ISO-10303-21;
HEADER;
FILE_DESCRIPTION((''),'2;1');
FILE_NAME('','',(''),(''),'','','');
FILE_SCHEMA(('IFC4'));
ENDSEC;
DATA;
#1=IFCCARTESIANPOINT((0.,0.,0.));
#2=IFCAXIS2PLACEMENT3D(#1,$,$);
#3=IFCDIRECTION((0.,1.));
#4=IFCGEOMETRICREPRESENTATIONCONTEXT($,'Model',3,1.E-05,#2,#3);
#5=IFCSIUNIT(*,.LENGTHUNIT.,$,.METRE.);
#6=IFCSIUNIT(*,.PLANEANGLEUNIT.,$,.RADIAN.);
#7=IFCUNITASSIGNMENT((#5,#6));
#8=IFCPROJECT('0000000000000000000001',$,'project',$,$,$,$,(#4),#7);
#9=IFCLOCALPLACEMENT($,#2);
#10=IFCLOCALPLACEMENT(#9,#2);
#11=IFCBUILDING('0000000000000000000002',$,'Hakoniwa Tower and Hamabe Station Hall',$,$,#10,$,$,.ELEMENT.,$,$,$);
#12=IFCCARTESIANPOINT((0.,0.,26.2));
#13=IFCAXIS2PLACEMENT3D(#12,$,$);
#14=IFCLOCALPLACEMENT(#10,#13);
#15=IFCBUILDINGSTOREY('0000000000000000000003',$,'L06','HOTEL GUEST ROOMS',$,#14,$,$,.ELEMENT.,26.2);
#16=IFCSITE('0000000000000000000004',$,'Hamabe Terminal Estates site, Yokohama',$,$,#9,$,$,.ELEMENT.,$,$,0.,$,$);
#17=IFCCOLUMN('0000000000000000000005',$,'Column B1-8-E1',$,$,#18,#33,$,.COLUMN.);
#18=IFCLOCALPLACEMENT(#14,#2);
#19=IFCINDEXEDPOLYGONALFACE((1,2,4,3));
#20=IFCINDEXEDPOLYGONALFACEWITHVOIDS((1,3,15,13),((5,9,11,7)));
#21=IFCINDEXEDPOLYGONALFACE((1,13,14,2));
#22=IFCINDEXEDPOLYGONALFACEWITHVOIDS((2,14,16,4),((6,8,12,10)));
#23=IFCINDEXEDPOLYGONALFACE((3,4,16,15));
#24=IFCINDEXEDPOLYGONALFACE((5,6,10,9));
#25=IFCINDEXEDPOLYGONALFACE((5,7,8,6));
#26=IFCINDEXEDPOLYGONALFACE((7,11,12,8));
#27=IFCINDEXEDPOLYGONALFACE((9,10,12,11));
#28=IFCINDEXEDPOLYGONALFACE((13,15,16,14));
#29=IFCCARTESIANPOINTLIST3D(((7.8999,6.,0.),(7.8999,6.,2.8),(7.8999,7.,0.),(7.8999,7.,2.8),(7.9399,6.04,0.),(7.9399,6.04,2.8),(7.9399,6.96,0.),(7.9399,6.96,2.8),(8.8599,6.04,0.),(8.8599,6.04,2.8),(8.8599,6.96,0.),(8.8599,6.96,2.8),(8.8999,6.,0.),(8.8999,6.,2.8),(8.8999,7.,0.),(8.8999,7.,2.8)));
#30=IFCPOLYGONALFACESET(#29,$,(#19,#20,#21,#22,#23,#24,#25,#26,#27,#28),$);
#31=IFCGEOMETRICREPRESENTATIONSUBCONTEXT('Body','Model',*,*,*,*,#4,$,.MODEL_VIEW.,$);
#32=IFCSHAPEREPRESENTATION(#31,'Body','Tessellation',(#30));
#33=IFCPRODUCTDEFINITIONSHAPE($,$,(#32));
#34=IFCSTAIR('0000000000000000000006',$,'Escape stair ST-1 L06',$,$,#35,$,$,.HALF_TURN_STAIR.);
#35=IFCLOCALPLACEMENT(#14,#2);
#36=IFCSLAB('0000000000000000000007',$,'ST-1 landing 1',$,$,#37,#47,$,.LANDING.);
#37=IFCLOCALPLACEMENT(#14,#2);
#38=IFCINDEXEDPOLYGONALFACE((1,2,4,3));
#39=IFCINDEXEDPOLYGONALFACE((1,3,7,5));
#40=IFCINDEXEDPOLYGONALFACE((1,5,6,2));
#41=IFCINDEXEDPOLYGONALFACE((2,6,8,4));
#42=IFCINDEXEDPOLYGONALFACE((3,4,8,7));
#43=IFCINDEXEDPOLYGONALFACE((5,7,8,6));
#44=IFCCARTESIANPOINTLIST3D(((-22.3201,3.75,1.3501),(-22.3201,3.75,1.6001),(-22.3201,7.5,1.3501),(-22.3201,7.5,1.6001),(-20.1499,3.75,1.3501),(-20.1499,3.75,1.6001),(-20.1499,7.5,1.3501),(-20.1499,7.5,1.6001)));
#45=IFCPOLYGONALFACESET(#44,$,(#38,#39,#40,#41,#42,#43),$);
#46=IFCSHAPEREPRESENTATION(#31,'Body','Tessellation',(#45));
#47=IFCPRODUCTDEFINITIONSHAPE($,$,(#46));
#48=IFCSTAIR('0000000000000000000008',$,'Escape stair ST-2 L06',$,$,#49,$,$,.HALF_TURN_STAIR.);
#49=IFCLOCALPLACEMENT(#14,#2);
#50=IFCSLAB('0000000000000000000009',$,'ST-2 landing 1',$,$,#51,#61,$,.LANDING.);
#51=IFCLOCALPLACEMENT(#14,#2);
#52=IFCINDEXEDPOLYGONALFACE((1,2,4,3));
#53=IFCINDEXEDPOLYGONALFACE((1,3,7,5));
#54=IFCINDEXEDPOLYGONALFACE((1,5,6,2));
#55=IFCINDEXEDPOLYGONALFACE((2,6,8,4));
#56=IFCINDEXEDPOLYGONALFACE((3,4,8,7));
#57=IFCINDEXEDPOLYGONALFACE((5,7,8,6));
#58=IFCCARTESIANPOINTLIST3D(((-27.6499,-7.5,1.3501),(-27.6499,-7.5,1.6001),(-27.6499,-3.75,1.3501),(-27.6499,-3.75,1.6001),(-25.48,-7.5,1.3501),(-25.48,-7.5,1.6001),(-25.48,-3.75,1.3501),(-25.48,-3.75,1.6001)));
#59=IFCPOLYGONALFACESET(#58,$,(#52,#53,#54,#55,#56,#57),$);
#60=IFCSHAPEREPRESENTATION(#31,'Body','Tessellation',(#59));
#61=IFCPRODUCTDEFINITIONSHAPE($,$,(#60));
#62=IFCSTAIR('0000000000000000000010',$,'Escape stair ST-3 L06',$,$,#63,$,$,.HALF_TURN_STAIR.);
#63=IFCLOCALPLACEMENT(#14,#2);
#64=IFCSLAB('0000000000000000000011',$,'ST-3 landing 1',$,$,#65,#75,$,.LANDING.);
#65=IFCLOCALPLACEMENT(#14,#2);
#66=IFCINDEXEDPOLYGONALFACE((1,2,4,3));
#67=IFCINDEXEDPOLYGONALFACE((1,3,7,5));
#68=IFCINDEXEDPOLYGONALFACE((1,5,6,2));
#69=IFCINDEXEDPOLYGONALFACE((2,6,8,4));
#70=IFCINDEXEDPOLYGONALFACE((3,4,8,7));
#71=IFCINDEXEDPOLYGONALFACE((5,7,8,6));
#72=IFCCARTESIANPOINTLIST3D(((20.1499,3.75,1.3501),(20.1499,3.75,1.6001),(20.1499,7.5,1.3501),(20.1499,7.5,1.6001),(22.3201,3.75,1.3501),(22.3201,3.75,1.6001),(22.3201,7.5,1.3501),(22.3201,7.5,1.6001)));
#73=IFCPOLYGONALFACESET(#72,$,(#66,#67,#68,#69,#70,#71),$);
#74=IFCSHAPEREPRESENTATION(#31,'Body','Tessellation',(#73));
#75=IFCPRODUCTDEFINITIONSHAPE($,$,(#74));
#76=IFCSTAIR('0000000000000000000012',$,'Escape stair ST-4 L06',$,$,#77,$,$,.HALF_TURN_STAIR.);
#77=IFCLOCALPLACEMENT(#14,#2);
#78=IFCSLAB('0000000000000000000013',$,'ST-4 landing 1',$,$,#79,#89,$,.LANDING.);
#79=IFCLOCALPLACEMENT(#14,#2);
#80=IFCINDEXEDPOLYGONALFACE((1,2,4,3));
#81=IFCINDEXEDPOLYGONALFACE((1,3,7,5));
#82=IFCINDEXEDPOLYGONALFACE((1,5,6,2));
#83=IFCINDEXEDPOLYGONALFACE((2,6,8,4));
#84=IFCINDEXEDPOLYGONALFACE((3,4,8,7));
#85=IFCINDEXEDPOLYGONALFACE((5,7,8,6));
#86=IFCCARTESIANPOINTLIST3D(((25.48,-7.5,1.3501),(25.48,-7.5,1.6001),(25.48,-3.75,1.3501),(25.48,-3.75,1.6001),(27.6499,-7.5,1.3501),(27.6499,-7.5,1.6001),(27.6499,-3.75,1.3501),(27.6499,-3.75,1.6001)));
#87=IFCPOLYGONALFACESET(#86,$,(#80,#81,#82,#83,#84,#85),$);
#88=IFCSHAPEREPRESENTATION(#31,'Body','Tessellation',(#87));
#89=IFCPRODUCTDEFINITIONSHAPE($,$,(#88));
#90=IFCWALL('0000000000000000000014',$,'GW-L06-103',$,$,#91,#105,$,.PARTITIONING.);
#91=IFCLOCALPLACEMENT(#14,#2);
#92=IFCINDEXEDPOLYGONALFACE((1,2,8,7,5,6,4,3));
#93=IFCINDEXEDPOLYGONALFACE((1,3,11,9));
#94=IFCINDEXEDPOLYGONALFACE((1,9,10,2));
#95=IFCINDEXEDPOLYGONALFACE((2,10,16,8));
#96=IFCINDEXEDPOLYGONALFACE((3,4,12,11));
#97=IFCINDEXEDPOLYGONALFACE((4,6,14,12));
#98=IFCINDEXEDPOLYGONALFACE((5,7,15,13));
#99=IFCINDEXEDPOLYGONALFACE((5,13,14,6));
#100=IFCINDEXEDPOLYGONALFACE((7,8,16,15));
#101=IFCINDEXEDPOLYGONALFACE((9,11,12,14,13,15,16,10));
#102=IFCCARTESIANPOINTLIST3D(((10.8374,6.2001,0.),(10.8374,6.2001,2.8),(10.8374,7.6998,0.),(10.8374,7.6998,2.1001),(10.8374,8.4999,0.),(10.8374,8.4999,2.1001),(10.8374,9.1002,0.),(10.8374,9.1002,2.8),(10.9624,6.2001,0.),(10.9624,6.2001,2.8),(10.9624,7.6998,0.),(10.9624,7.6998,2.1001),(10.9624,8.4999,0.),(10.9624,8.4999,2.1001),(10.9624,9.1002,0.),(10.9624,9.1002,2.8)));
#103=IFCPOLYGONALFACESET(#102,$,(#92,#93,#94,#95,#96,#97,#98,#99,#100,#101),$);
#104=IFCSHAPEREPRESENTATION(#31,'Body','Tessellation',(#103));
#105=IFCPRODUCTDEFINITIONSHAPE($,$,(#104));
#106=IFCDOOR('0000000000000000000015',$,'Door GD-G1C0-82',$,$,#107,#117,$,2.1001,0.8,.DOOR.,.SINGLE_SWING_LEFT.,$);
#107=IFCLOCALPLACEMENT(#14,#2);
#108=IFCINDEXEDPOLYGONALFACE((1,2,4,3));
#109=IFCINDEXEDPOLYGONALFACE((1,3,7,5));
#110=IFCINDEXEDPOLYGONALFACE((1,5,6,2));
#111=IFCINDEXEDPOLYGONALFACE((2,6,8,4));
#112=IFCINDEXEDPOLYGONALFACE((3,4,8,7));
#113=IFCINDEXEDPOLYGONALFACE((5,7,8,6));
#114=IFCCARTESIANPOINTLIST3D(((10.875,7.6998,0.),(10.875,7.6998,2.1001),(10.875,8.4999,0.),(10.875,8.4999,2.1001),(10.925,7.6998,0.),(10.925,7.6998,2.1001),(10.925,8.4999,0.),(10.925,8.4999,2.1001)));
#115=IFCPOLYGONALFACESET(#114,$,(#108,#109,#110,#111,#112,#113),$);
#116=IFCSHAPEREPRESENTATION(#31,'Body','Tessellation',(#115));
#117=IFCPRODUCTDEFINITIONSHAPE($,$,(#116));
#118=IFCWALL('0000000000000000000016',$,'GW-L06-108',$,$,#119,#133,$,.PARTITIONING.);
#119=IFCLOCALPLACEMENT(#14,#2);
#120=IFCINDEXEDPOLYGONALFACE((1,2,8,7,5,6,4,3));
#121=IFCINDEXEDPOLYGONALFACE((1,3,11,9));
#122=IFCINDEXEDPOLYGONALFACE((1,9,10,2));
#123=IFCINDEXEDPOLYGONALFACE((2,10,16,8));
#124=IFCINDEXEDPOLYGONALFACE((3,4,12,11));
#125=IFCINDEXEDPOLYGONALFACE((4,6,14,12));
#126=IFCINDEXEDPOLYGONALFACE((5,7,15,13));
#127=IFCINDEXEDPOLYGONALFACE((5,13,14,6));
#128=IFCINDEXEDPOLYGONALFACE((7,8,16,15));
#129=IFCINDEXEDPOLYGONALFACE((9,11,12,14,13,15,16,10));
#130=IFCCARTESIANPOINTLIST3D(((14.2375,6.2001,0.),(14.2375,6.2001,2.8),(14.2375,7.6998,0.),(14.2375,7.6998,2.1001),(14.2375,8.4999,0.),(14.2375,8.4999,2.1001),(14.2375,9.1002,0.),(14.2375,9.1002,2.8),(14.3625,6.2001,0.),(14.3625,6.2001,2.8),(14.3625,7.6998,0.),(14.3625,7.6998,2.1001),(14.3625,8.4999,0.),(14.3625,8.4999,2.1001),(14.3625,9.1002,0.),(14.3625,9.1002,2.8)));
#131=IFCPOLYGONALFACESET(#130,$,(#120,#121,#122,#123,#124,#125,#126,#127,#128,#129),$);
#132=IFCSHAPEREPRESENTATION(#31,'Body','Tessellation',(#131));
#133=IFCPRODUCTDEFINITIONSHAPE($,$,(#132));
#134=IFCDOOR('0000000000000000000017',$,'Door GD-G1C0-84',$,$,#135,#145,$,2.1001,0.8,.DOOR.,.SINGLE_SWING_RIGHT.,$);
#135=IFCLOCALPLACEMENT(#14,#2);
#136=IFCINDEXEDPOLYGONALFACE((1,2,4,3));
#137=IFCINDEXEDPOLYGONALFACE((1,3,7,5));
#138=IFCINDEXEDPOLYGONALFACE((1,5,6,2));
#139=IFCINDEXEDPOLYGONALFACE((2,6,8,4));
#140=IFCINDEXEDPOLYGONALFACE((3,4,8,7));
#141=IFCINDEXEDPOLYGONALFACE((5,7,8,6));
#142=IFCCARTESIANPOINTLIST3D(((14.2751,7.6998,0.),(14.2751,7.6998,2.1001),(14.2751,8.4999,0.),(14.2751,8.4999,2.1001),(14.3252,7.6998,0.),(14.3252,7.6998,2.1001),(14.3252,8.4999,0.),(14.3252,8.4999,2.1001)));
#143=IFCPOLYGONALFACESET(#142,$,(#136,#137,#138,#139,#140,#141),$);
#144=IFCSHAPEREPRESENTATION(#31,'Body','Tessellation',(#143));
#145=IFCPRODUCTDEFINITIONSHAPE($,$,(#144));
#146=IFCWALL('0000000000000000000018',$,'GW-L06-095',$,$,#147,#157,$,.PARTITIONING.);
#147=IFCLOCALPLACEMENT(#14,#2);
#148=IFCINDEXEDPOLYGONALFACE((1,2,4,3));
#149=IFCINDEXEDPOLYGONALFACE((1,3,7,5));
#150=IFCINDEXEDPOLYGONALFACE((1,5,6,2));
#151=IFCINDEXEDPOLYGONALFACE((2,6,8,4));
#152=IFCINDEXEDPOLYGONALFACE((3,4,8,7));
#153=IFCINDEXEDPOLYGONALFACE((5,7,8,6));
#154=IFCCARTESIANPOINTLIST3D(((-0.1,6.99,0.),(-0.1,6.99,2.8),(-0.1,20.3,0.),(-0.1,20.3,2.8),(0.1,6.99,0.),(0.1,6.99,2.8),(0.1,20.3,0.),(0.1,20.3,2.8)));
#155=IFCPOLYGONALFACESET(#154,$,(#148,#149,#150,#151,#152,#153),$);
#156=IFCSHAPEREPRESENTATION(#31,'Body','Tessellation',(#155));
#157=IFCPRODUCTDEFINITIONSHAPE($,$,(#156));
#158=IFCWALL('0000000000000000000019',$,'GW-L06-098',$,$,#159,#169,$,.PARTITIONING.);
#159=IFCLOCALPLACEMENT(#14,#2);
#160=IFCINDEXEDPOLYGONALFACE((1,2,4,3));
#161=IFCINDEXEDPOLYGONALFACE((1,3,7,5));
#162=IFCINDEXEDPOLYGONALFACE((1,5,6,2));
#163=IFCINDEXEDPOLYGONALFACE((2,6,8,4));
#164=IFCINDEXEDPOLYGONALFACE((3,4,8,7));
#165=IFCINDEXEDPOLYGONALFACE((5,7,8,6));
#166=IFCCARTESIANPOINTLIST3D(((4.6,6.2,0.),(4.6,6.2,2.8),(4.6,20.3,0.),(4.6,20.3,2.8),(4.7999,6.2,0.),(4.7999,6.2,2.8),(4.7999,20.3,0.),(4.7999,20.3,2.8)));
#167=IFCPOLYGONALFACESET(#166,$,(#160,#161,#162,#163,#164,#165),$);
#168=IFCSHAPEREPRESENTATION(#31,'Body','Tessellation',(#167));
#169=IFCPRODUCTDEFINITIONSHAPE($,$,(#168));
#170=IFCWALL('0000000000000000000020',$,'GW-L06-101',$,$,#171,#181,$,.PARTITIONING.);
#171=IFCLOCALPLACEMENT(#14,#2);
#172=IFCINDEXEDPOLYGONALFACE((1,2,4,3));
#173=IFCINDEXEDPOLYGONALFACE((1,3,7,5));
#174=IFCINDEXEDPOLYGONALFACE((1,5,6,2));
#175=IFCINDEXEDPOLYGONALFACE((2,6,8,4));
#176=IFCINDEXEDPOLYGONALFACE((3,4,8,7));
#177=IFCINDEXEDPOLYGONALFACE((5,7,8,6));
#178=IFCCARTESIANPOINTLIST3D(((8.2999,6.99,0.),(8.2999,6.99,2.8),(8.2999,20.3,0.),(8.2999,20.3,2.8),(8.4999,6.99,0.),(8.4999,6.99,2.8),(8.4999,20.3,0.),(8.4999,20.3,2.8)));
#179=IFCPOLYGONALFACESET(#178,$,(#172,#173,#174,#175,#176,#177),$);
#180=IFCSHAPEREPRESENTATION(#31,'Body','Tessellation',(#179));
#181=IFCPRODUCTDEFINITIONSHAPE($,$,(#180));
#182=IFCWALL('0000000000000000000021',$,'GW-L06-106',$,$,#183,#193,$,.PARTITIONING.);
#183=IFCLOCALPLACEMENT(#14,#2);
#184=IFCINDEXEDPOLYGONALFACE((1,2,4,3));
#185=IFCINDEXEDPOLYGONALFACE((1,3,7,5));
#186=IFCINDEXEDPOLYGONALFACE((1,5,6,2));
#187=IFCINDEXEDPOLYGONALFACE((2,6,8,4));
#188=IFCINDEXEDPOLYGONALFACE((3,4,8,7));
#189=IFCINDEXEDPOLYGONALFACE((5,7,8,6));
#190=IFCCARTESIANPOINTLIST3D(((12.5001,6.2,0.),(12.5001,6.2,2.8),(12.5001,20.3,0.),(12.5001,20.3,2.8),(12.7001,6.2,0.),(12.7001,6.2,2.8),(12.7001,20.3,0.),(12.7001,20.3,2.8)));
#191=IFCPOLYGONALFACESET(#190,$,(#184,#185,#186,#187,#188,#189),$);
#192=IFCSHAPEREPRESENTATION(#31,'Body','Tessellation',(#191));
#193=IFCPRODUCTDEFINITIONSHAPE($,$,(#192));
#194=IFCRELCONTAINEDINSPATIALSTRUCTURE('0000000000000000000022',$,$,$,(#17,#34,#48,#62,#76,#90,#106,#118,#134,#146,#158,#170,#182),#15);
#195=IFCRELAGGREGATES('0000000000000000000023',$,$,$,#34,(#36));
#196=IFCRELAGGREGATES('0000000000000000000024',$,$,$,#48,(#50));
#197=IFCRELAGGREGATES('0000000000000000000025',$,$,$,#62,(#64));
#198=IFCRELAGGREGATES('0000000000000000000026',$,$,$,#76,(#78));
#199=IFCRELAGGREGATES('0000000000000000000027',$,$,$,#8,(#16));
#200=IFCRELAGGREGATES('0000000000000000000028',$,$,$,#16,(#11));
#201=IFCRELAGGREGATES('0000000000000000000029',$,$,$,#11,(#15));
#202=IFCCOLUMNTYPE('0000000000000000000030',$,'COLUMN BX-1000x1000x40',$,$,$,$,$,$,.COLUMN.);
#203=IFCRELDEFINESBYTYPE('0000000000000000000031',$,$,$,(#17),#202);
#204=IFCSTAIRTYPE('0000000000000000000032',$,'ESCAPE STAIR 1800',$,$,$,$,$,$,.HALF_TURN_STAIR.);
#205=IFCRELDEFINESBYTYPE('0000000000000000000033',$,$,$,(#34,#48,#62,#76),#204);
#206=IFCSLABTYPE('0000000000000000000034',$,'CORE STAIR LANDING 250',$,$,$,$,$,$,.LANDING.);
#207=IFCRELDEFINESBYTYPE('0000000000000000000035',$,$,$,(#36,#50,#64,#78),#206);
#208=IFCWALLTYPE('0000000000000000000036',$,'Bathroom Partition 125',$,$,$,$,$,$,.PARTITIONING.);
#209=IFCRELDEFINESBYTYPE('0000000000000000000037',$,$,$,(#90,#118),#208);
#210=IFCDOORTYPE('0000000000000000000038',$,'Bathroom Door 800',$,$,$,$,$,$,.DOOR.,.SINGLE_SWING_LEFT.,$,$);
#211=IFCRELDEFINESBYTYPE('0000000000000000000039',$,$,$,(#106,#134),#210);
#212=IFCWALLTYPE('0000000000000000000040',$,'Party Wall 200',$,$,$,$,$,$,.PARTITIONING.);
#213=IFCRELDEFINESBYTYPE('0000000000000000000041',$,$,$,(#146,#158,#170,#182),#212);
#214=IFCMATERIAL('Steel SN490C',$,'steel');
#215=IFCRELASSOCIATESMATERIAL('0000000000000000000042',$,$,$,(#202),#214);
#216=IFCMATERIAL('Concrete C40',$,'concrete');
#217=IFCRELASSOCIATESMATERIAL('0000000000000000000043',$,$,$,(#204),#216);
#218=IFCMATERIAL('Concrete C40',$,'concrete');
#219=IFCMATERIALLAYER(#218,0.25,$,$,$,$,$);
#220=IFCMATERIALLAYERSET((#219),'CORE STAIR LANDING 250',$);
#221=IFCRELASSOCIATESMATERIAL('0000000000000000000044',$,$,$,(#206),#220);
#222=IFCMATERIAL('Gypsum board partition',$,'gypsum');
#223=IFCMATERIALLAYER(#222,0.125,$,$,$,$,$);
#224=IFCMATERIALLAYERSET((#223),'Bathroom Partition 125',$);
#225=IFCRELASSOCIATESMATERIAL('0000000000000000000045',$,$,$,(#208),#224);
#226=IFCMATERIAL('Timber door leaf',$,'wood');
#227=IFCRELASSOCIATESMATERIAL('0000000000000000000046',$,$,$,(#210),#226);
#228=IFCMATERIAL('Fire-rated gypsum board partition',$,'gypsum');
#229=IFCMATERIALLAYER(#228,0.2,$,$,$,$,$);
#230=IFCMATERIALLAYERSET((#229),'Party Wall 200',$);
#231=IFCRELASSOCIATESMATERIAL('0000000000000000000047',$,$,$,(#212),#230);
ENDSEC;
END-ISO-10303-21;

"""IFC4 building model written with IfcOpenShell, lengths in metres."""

from ifc_helpers import new_model, si_unit, direction, frame, frame_2d, origin, origin_2d, place, context, subcontext, project, spatial, polyline, rectangle, hollow_rectangle, outline, extrude, material, layer, layer_set, material_profile, profile_set, type_object, element, fill, aggregate, save


model = new_model("IFC4")

# Units and contexts
model_context = context("Model", 3, precision=1e-05, world=origin(), true_north=direction((0.0, 1.0)))
body_context = subcontext(model_context, "Body", "Model", "MODEL_VIEW")
ifc_project = project(units=[si_unit("LENGTHUNIT", "METRE"), si_unit("PLANEANGLEUNIT", "RADIAN")], contexts=[model_context])

# Site, building, storey
site_placement = place(None, origin())
site = spatial("IfcSite", under=ifc_project, at=site_placement, Name="Hamabe Terminal Estates site, Yokohama", CompositionType="ELEMENT", RefElevation=0.0)
building_placement = place(site_placement, origin())
building = spatial("IfcBuilding", under=site, at=building_placement, Name="Hakoniwa Tower and Hamabe Station Hall", CompositionType="ELEMENT")
storey_placement = place(building_placement, frame((0.0, 0.0, 26.2)))
storey = spatial("IfcBuildingStorey", under=building, at=storey_placement, Name="L06", Description="HOTEL GUEST ROOMS", CompositionType="ELEMENT", Elevation=26.2)

# Column
ifc_material_1 = material(Name="Steel SN490C", Category="steel")
ifc_material_profile = material_profile(ifc_material_1, hollow_rectangle(XDim=1.0, YDim=1.0, WallThickness=0.04, at=origin_2d()), Name="BX-1000x1000x40")
ifc_profile_set = profile_set([ifc_material_profile], Name="Steel SN490C")
column_type = type_object("IfcColumnType", Name="COLUMN BX-1000x1000x40", PredefinedType="COLUMN", material=ifc_profile_set)
column_placement = place(storey_placement, frame((8.3999, 6.5, 0.0), z_axis=(0.0, 0.0, 1.0), x_axis=(1.0, 0.0, 0.0)))
element("IfcColumn", 1, at=column_placement, inside=storey, type_object=column_type, Name="Column B1-8-E1", PredefinedType="COLUMN", context=body_context, shape_type="SweptSolid", body=[
    extrude(hollow_rectangle(XDim=1.0, YDim=1.0, WallThickness=0.04, at=origin_2d()), origin(), (0.0, 0.0, 1.0), 2.8),
])

# Stairs, slabs
ifc_material_2 = material(Name="Concrete C40", Category="concrete")
stair_type = type_object("IfcStairType", Name="ESCAPE STAIR 1800", PredefinedType="HALF_TURN_STAIR", material=ifc_material_2)
stair_1_placement = place(storey_placement, origin())
stair_1 = element("IfcStair", 2, at=stair_1_placement, inside=storey, type_object=stair_type, Name="Escape stair ST-1 L06", PredefinedType="HALF_TURN_STAIR")
ifc_material_3 = material(Name="Concrete C40", Category="concrete")
ifc_layer_1 = layer(ifc_material_3, 0.25)
ifc_layer_set_1 = layer_set([ifc_layer_1], Name="CORE STAIR LANDING 250")
slab_type = type_object("IfcSlabType", Name="CORE STAIR LANDING 250", PredefinedType="LANDING", material=ifc_layer_set_1)
slab_1_placement = place(storey_placement, frame((0.0, 0.0, 1.3501)))
slab_1 = element("IfcSlab", 3, at=slab_1_placement, type_object=slab_type, Name="ST-1 landing 1", PredefinedType="LANDING", context=body_context, shape_type="SweptSolid", body=[
    extrude(outline(polyline([(-22.3201, 3.75), (-20.1499, 3.75), (-20.1499, 7.5), (-22.3201, 7.5), (-22.3201, 3.75)])), origin(), (0.0, 0.0, 1.0), 0.25),
])
aggregate(stair_1, [slab_1])
stair_2_placement = place(storey_placement, origin())
stair_2 = element("IfcStair", 4, at=stair_2_placement, inside=storey, type_object=stair_type, Name="Escape stair ST-2 L06", PredefinedType="HALF_TURN_STAIR")
slab_2_placement = place(storey_placement, frame((0.0, 0.0, 1.3501)))
slab_2 = element("IfcSlab", 5, at=slab_2_placement, type_object=slab_type, Name="ST-2 landing 1", PredefinedType="LANDING", context=body_context, shape_type="SweptSolid", body=[
    extrude(outline(polyline([(-25.48, -7.5), (-27.6499, -7.5), (-27.6499, -3.75), (-25.48, -3.75), (-25.48, -7.5)])), origin(), (0.0, 0.0, 1.0), 0.25),
])
aggregate(stair_2, [slab_2])
stair_3_placement = place(storey_placement, origin())
stair_3 = element("IfcStair", 6, at=stair_3_placement, inside=storey, type_object=stair_type, Name="Escape stair ST-3 L06", PredefinedType="HALF_TURN_STAIR")
slab_3_placement = place(storey_placement, frame((0.0, 0.0, 1.3501)))
slab_3 = element("IfcSlab", 7, at=slab_3_placement, type_object=slab_type, Name="ST-3 landing 1", PredefinedType="LANDING", context=body_context, shape_type="SweptSolid", body=[
    extrude(outline(polyline([(22.3201, 3.75), (20.1499, 3.75), (20.1499, 7.5), (22.3201, 7.5), (22.3201, 3.75)])), origin(), (0.0, 0.0, 1.0), 0.25),
])
aggregate(stair_3, [slab_3])
stair_4_placement = place(storey_placement, origin())
stair_4 = element("IfcStair", 8, at=stair_4_placement, inside=storey, type_object=stair_type, Name="Escape stair ST-4 L06", PredefinedType="HALF_TURN_STAIR")
slab_4_placement = place(storey_placement, frame((0.0, 0.0, 1.3501)))
slab_4 = element("IfcSlab", 9, at=slab_4_placement, type_object=slab_type, Name="ST-4 landing 1", PredefinedType="LANDING", context=body_context, shape_type="SweptSolid", body=[
    extrude(outline(polyline([(25.48, -7.5), (27.6499, -7.5), (27.6499, -3.75), (25.48, -3.75), (25.48, -7.5)])), origin(), (0.0, 0.0, 1.0), 0.25),
])
aggregate(stair_4, [slab_4])

# Walls, openings, doors
ifc_material_4 = material(Name="Gypsum board partition", Category="gypsum")
ifc_layer_2 = layer(ifc_material_4, 0.125)
ifc_layer_set_2 = layer_set([ifc_layer_2], Name="Bathroom Partition 125")
wall_type_1 = type_object("IfcWallType", Name="Bathroom Partition 125", PredefinedType="PARTITIONING", material=ifc_layer_set_2)
wall_1_placement = place(storey_placement, frame((10.8999, 6.2, 0.0), z_axis=(0.0, 0.0, 1.0), x_axis=(0.0, 1.0, 0.0)))
wall_1 = element("IfcWall", 10, at=wall_1_placement, inside=storey, type_object=wall_type_1, Name="GW-L06-103", PredefinedType="PARTITIONING", context=body_context, shape_type="SweptSolid", body=[
    extrude(rectangle(XDim=2.9001, YDim=0.125, at=frame_2d((1.4502, 0.0))), origin(), (0.0, 0.0, 1.0), 2.8),
])
opening_1_placement = place(wall_1_placement, frame((1.5, 0.0, 0.0)))
opening_1 = element("IfcOpeningElement", 11, at=opening_1_placement, cuts=wall_1, PredefinedType="OPENING", context=body_context, shape_type="SweptSolid", body=[
    extrude(rectangle(XDim=0.8, YDim=2.1001, at=frame_2d((0.3999, 1.05))), frame((0.0, 0.0725, 0.0), z_axis=(0.0, -1.0, 0.0), x_axis=(1.0, 0.0, 0.0)), (0.0, 0.0, 1.0), 0.145),
])
ifc_material_5 = material(Name="Timber door leaf", Category="wood")
door_type = type_object("IfcDoorType", Name="Bathroom Door 800", OperationType="SINGLE_SWING_LEFT", PredefinedType="DOOR", material=ifc_material_5)
door_1_placement = place(opening_1_placement, origin())
door_1 = element("IfcDoor", 12, at=door_1_placement, inside=storey, type_object=door_type, Name="Door GD-G1C0-82", OperationType="SINGLE_SWING_LEFT", OverallHeight=2.1001, OverallWidth=0.8, PredefinedType="DOOR", context=body_context, shape_type="SweptSolid", body=[
    extrude(rectangle(XDim=0.8, YDim=2.1001, at=frame_2d((0.3999, 1.05))), frame((0.0, 0.0249, 0.0), z_axis=(0.0, -1.0, 0.0), x_axis=(1.0, 0.0, 0.0)), (0.0, 0.0, 1.0), 0.05),
])
fill(opening_1, door_1)
wall_2_placement = place(storey_placement, frame((14.3, 6.2, 0.0), z_axis=(0.0, 0.0, 1.0), x_axis=(0.0, 1.0, 0.0)))
wall_2 = element("IfcWall", 13, at=wall_2_placement, inside=storey, type_object=wall_type_1, Name="GW-L06-108", PredefinedType="PARTITIONING", context=body_context, shape_type="SweptSolid", body=[
    extrude(rectangle(XDim=2.9001, YDim=0.125, at=frame_2d((1.4502, 0.0))), origin(), (0.0, 0.0, 1.0), 2.8),
])
opening_2_placement = place(wall_2_placement, frame((1.5, 0.0, 0.0)))
opening_2 = element("IfcOpeningElement", 14, at=opening_2_placement, cuts=wall_2, PredefinedType="OPENING", context=body_context, shape_type="SweptSolid", body=[
    extrude(rectangle(XDim=0.8, YDim=2.1001, at=frame_2d((0.3999, 1.05))), frame((0.0, 0.0725, 0.0), z_axis=(0.0, -1.0, 0.0), x_axis=(1.0, 0.0, 0.0)), (0.0, 0.0, 1.0), 0.145),
])
door_2_placement = place(opening_2_placement, origin())
door_2 = element("IfcDoor", 15, at=door_2_placement, inside=storey, type_object=door_type, Name="Door GD-G1C0-84", OperationType="SINGLE_SWING_RIGHT", OverallHeight=2.1001, OverallWidth=0.8, PredefinedType="DOOR", context=body_context, shape_type="SweptSolid", body=[
    extrude(rectangle(XDim=0.8, YDim=2.1001, at=frame_2d((0.3999, 1.05))), frame((0.0, 0.0249, 0.0), z_axis=(0.0, -1.0, 0.0), x_axis=(1.0, 0.0, 0.0)), (0.0, 0.0, 1.0), 0.05),
])
fill(opening_2, door_2)

# Walls
ifc_material_6 = material(Name="Fire-rated gypsum board partition", Category="gypsum")
ifc_layer_3 = layer(ifc_material_6, 0.2)
ifc_layer_set_3 = layer_set([ifc_layer_3], Name="Party Wall 200")
wall_type_2 = type_object("IfcWallType", Name="Party Wall 200", PredefinedType="PARTITIONING", material=ifc_layer_set_3)
wall_3_placement = place(storey_placement, frame((0.0, 6.99, 0.0), z_axis=(0.0, 0.0, 1.0), x_axis=(0.0, 1.0, 0.0)))
element("IfcWall", 16, at=wall_3_placement, inside=storey, type_object=wall_type_2, Name="GW-L06-095", PredefinedType="PARTITIONING", context=body_context, shape_type="SweptSolid", body=[
    extrude(rectangle(XDim=13.3101, YDim=0.2, at=frame_2d((6.655, 0.0))), origin(), (0.0, 0.0, 1.0), 2.8),
])
wall_4_placement = place(storey_placement, frame((4.7, 6.2, 0.0), z_axis=(0.0, 0.0, 1.0), x_axis=(0.0, 1.0, 0.0)))
element("IfcWall", 17, at=wall_4_placement, inside=storey, type_object=wall_type_2, Name="GW-L06-098", PredefinedType="PARTITIONING", context=body_context, shape_type="SweptSolid", body=[
    extrude(rectangle(XDim=14.1001, YDim=0.2, at=frame_2d((7.05, 0.0))), origin(), (0.0, 0.0, 1.0), 2.8),
])
wall_5_placement = place(storey_placement, frame((8.3999, 6.99, 0.0), z_axis=(0.0, 0.0, 1.0), x_axis=(0.0, 1.0, 0.0)))
element("IfcWall", 18, at=wall_5_placement, inside=storey, type_object=wall_type_2, Name="GW-L06-101", PredefinedType="PARTITIONING", context=body_context, shape_type="SweptSolid", body=[
    extrude(rectangle(XDim=13.3101, YDim=0.2, at=frame_2d((6.655, 0.0))), origin(), (0.0, 0.0, 1.0), 2.8),
])
wall_6_placement = place(storey_placement, frame((12.6001, 6.2, 0.0), z_axis=(0.0, 0.0, 1.0), x_axis=(0.0, 1.0, 0.0)))
element("IfcWall", 19, at=wall_6_placement, inside=storey, type_object=wall_type_2, Name="GW-L06-106", PredefinedType="PARTITIONING", context=body_context, shape_type="SweptSolid", body=[
    extrude(rectangle(XDim=14.1001, YDim=0.2, at=frame_2d((7.05, 0.0))), origin(), (0.0, 0.0, 1.0), 2.8),
])

save(model, "model.ifc")
